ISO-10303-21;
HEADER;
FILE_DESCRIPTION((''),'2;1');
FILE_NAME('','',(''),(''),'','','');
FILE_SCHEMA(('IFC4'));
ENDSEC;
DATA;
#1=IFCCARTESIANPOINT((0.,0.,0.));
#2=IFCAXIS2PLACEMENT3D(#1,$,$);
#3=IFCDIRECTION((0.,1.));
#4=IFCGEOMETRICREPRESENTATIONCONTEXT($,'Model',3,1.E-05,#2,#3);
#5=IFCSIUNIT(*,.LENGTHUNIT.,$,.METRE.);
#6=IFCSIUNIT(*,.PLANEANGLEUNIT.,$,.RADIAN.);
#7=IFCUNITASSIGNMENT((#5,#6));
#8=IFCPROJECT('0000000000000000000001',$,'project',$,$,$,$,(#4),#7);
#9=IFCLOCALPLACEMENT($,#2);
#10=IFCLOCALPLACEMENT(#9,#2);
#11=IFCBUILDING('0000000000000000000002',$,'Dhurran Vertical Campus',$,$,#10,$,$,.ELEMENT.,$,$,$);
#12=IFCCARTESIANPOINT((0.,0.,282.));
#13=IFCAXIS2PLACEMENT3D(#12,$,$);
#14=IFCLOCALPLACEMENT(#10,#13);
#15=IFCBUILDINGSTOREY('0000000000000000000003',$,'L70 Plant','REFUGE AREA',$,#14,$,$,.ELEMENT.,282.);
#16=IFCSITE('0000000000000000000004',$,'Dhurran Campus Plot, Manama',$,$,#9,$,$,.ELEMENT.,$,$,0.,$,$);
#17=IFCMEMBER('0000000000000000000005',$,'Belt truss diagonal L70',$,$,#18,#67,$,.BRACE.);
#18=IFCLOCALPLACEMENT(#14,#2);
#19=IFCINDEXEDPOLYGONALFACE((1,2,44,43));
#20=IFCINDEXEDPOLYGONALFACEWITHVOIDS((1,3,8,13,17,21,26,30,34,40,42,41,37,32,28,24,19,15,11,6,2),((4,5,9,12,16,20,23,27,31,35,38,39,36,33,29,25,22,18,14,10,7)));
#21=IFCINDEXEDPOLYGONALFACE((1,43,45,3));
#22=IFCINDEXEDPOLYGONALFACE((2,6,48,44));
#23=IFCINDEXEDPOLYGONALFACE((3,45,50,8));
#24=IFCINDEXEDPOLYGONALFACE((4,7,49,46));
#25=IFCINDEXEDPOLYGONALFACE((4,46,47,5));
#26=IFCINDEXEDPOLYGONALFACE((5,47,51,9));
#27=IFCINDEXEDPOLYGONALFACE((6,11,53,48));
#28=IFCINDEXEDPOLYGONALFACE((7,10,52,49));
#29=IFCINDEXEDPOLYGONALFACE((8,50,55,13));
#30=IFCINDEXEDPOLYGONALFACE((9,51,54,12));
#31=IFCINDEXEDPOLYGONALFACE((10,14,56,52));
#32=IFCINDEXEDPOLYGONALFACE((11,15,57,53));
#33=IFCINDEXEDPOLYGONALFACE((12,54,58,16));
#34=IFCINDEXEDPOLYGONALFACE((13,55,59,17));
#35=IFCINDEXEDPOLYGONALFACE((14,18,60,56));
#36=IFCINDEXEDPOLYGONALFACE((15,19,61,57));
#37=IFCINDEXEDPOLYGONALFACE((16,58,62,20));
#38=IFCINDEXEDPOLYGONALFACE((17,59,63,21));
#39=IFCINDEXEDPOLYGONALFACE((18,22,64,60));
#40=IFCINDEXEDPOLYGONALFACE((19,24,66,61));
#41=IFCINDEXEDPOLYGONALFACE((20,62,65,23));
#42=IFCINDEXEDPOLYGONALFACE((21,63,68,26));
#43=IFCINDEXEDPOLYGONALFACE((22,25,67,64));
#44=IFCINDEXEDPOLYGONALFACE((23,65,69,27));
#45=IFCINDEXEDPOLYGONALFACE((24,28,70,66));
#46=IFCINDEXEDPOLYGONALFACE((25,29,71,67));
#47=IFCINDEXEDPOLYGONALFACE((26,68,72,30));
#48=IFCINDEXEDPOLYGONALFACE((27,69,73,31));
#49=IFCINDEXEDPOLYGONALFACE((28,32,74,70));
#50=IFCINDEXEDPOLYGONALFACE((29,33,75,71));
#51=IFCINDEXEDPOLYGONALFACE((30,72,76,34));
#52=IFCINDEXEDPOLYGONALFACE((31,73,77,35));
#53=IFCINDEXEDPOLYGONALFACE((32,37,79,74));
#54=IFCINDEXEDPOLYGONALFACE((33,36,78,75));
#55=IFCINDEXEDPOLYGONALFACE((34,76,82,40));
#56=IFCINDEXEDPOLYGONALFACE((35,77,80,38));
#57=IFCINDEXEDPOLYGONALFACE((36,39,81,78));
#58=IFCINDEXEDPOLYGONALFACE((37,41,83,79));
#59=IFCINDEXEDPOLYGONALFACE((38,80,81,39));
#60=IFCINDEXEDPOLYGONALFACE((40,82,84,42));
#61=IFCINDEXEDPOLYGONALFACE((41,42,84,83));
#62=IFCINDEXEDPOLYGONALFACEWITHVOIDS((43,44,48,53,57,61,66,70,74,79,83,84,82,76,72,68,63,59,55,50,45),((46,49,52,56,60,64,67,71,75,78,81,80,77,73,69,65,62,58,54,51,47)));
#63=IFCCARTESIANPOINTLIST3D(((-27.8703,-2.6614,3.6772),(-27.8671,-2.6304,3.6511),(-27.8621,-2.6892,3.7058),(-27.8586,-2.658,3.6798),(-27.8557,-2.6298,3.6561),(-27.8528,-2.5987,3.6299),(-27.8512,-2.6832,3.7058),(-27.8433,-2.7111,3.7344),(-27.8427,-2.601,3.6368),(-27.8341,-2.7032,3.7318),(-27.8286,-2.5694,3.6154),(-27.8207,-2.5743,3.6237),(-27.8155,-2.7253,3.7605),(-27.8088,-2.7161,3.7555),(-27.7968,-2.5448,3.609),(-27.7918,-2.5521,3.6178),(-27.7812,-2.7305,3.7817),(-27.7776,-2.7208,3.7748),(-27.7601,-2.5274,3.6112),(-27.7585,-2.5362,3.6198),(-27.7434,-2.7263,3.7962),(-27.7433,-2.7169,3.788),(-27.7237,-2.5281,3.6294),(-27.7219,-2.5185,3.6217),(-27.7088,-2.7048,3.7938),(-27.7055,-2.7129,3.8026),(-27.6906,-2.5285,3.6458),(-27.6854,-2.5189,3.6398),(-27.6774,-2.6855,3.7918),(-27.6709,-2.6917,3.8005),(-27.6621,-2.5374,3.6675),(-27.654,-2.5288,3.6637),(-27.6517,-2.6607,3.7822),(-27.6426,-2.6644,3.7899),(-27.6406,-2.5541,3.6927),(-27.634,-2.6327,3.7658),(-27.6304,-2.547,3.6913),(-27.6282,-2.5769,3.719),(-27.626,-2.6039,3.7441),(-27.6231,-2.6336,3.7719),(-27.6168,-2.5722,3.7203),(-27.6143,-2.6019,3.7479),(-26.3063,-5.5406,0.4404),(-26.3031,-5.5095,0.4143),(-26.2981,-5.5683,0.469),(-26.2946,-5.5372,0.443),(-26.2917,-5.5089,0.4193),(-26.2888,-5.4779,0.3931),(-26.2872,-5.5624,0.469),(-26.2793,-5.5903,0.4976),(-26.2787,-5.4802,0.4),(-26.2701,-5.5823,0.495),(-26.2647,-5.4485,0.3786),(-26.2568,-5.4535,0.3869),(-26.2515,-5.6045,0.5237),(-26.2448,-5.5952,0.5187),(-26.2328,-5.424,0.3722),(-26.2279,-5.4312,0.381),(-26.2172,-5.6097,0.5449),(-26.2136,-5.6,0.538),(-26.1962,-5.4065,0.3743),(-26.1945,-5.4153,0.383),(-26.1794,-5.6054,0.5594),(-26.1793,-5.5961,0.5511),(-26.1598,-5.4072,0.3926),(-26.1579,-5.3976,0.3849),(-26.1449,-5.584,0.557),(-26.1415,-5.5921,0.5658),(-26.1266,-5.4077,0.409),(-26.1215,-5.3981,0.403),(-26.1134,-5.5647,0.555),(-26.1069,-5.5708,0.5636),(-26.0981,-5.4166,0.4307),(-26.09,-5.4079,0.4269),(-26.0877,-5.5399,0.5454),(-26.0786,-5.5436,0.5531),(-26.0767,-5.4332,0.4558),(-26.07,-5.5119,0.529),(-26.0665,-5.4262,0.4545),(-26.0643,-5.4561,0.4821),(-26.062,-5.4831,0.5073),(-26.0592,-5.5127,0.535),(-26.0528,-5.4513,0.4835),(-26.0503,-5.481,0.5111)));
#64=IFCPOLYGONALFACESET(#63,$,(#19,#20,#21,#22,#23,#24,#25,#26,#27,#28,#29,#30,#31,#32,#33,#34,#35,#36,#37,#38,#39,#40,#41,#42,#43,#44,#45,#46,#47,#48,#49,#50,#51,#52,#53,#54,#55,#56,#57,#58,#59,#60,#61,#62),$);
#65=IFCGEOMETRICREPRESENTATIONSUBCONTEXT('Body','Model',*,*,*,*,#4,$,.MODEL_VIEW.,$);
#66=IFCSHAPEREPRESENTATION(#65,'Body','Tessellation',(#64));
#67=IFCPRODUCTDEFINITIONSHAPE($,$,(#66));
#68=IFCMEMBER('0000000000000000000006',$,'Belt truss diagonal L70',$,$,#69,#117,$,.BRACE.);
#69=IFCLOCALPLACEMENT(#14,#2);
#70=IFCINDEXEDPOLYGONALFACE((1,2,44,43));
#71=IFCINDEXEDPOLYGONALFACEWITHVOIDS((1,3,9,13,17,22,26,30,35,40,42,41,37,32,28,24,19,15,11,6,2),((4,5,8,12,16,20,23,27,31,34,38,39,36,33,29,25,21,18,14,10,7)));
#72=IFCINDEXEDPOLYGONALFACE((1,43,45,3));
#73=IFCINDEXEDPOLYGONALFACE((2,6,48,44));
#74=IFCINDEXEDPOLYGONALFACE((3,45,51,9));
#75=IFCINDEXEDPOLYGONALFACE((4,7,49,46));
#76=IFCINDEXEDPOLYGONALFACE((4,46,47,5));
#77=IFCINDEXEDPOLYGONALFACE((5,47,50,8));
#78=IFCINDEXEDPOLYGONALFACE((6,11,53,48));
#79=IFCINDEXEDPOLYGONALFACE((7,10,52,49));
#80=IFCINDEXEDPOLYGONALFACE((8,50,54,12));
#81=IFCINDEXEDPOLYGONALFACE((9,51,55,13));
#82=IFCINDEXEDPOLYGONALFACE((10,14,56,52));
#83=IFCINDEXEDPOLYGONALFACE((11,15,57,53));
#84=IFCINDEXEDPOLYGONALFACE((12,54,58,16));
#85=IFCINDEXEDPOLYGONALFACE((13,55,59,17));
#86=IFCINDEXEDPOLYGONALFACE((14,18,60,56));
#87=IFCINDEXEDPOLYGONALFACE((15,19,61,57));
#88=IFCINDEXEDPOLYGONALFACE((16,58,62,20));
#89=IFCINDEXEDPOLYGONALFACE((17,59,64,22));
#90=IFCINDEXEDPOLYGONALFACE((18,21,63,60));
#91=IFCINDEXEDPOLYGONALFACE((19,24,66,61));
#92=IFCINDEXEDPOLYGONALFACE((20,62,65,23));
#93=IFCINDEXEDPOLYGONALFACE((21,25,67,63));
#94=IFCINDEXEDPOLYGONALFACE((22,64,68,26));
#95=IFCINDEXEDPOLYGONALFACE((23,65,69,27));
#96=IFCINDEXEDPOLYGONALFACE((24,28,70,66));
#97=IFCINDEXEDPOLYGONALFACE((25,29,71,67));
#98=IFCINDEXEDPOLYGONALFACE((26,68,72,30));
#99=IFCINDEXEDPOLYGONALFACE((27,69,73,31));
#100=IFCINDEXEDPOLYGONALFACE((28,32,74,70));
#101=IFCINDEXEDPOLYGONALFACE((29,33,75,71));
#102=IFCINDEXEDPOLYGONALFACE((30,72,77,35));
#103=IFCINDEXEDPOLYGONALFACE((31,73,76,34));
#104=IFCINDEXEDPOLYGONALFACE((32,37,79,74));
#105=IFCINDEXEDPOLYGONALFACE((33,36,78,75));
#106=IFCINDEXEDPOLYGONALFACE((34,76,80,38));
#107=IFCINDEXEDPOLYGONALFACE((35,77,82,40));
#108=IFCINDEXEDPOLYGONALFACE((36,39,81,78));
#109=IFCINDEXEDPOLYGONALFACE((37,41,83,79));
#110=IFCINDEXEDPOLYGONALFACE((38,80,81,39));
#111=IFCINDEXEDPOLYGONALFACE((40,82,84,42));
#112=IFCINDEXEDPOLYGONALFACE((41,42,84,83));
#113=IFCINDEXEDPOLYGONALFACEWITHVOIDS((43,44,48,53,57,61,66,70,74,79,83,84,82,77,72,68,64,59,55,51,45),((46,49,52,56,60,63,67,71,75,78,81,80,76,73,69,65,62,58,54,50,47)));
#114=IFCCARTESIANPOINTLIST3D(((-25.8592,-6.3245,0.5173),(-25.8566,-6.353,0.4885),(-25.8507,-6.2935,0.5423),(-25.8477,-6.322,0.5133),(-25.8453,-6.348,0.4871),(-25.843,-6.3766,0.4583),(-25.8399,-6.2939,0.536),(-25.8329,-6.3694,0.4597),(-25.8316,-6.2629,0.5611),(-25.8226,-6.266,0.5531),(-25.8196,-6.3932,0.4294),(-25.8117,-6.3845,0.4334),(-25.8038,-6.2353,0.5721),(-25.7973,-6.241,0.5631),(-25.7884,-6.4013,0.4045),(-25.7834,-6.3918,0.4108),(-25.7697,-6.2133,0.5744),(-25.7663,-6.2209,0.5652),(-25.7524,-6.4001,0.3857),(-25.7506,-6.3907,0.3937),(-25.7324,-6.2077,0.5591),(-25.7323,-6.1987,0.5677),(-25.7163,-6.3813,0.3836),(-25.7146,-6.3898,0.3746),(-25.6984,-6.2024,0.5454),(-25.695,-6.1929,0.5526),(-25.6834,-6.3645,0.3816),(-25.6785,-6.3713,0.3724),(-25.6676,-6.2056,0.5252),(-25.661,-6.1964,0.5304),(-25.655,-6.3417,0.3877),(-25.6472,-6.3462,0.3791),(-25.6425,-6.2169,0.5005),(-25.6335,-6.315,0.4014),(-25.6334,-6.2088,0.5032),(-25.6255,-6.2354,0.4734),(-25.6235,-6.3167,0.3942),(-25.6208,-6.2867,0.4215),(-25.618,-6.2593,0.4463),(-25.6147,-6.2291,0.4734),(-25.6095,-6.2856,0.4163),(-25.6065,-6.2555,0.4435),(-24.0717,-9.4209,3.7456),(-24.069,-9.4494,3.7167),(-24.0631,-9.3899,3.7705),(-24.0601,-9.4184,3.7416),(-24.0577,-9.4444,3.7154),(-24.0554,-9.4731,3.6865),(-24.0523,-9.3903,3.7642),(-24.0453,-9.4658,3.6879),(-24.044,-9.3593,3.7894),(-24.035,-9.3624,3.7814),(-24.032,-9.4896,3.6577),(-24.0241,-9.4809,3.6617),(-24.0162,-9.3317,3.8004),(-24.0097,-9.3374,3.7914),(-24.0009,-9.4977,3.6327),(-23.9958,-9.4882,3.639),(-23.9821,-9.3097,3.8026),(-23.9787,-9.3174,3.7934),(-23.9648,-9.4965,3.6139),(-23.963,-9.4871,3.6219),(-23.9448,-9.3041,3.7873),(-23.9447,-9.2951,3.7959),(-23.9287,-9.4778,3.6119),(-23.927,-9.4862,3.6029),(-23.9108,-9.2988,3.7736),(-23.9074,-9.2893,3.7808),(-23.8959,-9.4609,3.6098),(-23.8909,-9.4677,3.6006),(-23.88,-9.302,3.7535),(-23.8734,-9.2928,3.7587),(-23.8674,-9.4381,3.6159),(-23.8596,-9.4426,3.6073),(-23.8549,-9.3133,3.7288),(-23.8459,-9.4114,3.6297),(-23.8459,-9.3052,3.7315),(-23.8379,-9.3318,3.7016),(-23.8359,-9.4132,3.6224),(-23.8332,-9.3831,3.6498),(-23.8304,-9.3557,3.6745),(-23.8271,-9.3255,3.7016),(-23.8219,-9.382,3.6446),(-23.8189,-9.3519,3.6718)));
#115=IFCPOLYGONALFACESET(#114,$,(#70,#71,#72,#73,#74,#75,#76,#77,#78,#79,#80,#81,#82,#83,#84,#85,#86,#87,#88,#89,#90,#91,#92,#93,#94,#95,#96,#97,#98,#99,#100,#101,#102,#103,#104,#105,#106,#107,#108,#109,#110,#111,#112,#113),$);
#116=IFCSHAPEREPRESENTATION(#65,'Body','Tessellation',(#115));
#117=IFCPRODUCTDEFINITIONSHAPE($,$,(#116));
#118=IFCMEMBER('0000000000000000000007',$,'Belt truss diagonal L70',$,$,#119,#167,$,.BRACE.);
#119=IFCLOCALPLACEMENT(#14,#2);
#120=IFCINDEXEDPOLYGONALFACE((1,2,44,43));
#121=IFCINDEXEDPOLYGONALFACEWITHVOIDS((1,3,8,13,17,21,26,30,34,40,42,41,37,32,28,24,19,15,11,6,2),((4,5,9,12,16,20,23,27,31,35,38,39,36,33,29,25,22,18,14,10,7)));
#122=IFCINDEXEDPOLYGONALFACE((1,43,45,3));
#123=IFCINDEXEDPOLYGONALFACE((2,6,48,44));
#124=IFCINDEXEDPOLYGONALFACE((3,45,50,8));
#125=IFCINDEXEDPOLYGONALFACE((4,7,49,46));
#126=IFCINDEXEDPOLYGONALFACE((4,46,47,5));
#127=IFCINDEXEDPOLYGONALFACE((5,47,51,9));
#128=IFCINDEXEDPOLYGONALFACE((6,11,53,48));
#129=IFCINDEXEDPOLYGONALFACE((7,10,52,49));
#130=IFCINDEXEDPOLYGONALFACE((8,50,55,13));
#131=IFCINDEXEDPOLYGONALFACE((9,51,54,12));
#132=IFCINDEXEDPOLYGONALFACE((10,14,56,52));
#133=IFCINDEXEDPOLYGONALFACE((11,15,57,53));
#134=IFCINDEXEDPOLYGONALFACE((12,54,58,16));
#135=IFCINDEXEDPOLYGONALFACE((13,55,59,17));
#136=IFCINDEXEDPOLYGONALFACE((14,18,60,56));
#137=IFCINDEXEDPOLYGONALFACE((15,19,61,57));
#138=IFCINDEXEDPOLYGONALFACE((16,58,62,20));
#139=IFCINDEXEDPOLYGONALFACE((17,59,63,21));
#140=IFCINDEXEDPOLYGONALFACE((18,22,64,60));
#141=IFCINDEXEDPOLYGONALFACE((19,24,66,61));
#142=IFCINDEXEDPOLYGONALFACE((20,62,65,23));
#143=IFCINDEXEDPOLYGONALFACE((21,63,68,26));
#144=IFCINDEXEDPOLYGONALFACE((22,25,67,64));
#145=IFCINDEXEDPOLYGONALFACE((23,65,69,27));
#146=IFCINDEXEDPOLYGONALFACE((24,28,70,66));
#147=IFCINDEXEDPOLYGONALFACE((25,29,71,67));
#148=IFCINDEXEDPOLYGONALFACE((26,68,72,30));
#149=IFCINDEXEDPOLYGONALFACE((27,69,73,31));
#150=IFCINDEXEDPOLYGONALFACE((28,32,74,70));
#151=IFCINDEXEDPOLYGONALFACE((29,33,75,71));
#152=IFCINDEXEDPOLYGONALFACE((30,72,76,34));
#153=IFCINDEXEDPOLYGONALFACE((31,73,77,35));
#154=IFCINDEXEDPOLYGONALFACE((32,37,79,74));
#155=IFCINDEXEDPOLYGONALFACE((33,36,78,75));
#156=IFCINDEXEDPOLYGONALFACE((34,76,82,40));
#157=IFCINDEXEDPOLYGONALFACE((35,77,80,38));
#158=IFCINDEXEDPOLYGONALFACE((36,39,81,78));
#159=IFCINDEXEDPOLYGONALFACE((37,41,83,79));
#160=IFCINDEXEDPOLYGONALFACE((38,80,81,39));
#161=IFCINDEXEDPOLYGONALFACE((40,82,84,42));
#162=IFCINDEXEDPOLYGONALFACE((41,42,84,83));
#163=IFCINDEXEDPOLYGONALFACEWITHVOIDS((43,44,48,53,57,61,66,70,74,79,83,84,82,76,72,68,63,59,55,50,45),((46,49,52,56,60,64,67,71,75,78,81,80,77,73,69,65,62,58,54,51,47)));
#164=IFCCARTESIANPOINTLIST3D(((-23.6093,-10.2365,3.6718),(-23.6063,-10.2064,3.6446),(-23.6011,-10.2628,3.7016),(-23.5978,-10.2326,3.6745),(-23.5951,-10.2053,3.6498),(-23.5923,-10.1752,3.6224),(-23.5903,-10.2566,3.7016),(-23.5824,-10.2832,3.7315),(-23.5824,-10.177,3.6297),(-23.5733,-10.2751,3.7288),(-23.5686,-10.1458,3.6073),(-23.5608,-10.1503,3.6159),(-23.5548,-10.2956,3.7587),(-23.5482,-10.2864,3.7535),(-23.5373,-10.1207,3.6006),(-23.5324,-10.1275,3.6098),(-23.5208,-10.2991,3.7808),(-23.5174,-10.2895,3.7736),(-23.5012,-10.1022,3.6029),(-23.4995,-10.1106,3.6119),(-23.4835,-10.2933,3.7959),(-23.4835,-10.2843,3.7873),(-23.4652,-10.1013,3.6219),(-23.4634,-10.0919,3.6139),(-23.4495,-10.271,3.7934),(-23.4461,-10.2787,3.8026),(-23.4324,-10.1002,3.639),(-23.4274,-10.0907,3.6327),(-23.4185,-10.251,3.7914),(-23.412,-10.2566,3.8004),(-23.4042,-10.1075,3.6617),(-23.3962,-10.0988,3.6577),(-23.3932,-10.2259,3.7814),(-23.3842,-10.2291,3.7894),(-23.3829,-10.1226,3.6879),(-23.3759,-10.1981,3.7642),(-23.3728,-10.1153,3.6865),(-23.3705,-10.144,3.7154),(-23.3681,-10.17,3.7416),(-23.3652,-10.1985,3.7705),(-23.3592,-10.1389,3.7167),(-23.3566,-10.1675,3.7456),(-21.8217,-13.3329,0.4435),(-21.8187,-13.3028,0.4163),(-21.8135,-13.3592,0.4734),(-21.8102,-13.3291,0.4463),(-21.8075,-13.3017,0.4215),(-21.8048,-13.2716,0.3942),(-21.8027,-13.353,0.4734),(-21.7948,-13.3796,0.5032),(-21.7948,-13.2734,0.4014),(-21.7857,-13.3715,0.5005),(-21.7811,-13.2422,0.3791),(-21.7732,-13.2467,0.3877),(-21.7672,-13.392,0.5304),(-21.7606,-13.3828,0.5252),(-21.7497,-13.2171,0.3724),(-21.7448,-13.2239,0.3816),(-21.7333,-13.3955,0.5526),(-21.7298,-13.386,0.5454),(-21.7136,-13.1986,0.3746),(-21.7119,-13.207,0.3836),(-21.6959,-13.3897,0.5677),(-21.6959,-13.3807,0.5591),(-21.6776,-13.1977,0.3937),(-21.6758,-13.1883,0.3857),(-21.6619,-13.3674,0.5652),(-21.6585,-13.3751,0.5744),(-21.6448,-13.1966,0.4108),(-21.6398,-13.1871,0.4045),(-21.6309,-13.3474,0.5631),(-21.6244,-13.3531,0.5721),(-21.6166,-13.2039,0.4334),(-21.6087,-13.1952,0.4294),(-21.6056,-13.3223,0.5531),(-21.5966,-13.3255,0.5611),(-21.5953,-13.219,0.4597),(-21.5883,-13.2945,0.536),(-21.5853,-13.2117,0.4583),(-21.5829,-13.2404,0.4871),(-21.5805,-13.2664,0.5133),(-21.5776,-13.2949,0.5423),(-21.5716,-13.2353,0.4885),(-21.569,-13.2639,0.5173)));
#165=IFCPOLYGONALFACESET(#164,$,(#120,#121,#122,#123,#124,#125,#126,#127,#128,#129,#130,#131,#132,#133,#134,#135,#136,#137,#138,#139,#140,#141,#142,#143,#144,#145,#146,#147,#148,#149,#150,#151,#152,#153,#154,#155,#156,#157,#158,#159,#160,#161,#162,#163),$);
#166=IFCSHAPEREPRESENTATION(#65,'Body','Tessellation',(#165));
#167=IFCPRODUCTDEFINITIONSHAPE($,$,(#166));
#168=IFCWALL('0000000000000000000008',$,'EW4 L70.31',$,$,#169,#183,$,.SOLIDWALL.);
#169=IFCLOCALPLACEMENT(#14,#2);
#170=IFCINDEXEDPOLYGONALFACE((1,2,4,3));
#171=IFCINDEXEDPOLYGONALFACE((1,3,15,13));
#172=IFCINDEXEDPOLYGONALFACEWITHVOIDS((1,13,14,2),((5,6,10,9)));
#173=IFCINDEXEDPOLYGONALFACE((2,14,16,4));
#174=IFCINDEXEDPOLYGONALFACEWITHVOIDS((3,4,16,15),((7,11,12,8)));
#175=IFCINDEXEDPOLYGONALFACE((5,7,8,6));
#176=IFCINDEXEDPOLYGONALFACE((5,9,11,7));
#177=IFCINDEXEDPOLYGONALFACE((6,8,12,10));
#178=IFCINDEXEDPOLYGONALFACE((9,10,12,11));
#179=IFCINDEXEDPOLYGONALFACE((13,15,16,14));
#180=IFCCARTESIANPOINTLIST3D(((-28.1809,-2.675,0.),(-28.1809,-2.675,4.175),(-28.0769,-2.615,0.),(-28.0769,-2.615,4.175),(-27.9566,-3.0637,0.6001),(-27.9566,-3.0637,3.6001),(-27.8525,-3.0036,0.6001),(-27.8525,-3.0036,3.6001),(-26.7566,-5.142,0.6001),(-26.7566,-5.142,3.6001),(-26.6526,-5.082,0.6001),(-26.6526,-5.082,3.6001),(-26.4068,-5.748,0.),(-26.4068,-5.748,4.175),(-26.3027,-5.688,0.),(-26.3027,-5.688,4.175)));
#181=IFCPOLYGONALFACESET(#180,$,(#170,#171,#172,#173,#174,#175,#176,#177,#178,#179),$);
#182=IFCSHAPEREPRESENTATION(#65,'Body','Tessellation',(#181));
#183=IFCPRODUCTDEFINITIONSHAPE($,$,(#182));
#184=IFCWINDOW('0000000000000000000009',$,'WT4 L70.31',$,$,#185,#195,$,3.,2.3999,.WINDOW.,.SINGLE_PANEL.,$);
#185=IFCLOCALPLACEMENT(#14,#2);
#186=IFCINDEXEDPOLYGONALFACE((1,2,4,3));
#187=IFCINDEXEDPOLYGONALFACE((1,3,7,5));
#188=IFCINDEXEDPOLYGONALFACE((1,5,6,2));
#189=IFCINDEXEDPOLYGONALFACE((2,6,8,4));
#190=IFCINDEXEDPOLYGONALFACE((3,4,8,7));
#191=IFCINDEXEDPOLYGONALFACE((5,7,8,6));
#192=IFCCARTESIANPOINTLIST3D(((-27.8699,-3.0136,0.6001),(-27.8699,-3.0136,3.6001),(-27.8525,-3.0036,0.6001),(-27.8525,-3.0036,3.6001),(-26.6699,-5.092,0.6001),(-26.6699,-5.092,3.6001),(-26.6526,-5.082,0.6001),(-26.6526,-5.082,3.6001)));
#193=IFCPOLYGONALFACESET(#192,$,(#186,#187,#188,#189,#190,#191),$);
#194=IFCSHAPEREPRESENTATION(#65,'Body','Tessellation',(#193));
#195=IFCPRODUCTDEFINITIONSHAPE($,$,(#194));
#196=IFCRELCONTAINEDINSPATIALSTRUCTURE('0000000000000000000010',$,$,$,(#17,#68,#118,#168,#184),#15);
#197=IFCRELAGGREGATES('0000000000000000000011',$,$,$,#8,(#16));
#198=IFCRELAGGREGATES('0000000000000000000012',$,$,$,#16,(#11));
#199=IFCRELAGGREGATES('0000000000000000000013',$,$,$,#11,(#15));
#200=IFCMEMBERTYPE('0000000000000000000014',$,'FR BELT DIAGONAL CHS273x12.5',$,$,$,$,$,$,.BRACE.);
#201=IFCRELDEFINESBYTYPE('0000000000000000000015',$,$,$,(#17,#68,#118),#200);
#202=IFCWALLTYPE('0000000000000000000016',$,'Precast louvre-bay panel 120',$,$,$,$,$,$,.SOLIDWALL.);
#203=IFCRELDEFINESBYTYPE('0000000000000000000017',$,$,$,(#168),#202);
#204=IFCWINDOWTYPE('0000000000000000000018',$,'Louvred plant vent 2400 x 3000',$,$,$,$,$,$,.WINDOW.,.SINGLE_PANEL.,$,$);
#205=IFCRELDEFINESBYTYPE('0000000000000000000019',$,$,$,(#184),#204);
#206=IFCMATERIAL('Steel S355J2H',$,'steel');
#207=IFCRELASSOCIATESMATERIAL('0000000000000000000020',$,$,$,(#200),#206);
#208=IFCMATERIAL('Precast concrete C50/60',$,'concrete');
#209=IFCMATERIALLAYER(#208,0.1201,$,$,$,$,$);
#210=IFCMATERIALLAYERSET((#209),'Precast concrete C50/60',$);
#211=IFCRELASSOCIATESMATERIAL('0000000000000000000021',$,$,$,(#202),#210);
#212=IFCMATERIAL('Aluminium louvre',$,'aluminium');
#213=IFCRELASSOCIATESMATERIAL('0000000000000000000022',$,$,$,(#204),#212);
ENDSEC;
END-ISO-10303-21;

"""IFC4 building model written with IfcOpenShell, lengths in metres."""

from ifc_helpers import new_model, si_unit, direction, frame, frame_2d, origin, origin_2d, place, context, subcontext, project, spatial, rectangle, hollow_circle, extrude, material, layer, layer_set, material_profile, profile_set, type_object, element, fill, save


model = new_model("IFC4")

# Units and contexts
model_context = context("Model", 3, precision=1e-05, world=origin(), true_north=direction((0.0, 1.0)))
body_context = subcontext(model_context, "Body", "Model", "MODEL_VIEW")
ifc_project = project(units=[si_unit("LENGTHUNIT", "METRE"), si_unit("PLANEANGLEUNIT", "RADIAN")], contexts=[model_context])

# Site, building, storey
site_placement = place(None, origin())
site = spatial("IfcSite", under=ifc_project, at=site_placement, Name="Dhurran Campus Plot, Manama", CompositionType="ELEMENT", RefElevation=0.0)
building_placement = place(site_placement, origin())
building = spatial("IfcBuilding", under=site, at=building_placement, Name="Dhurran Vertical Campus", CompositionType="ELEMENT")
storey_placement = place(building_placement, frame((0.0, 0.0, 282.0)))
storey = spatial("IfcBuildingStorey", under=building, at=storey_placement, Name="L70 Plant", Description="REFUGE AREA", CompositionType="ELEMENT", Elevation=282.0)

# Members
ifc_material_1 = material(Name="Steel S355J2H", Category="steel")
ifc_material_profile_1 = material_profile(ifc_material_1, hollow_circle(Radius=0.1365, WallThickness=0.0125, at=origin_2d()), Name="CHS273x12.5")
ifc_profile_set_1 = profile_set([ifc_material_profile_1], Name="Steel S355J2H")
member_type = type_object("IfcMemberType", Name="FR BELT DIAGONAL CHS273x12.5", PredefinedType="BRACE", material=ifc_profile_set_1)
member_placement = place(storey_placement, frame((-26.1782, -5.5032, 0.469), z_axis=(-0.339572, 0.625128, 0.702785), x_axis=(-0.878726, -0.477327, 0.0)))
element("IfcMember", 1, at=member_placement, inside=storey, type_object=member_type, Name="Belt truss diagonal L70", PredefinedType="BRACE", context=body_context, shape_type="SweptSolid", body=[
    extrude(hollow_circle(Radius=0.1365, WallThickness=0.0125, at=origin_2d()), origin(), (0.0, 0.0, 1.0), 4.6057),
])
for number, where, z_axis, x_axis, name in (
    (2, (-25.7329, -6.2974, 0.4734), (0.371089, -0.642791, 0.670159), (0.866041, 0.499973, 0.0), "Belt truss diagonal L70"),
    (3, (-21.6953, -13.291, 0.4734), (-0.371089, 0.642791, 0.670159), (-0.866041, -0.499973, 0.0), "Belt truss diagonal L70"),
):
    element("IfcMember", number, at=place(storey_placement, frame(where, z_axis=z_axis, x_axis=x_axis)), inside=storey, type_object=member_type, Name=name, PredefinedType="BRACE", context=body_context, shape_type="SweptSolid", body=[
        extrude(hollow_circle(Radius=0.1365, WallThickness=0.0125, at=origin_2d()), origin(), (0.0, 0.0, 1.0), 4.8171),
    ])

# Wall, opening, window
ifc_material_2 = material(Name="Precast concrete C50/60", Category="concrete")
ifc_layer_1 = layer(ifc_material_2, 0.1201)
ifc_layer_set_1 = layer_set([ifc_layer_1], Name="Precast concrete C50/60")
wall_type_1 = type_object("IfcWallType", Name="Precast louvre-bay panel 120", PredefinedType="SOLIDWALL", material=ifc_layer_set_1)
wall_1_placement = place(storey_placement, frame((-28.1289, -2.645, 0.0), z_axis=(0.0, 0.0, 1.0), x_axis=(0.499994, -0.866029, 0.0)))
wall_1 = element("IfcWall", 4, at=wall_1_placement, inside=storey, type_object=wall_type_1, Name="EW4 L70.31", PredefinedType="SOLIDWALL", context=body_context, shape_type="SweptSolid", body=[
    extrude(rectangle(XDim=3.5483, YDim=0.1201, at=frame_2d((1.7742, 0.0))), origin(), (0.0, 0.0, 1.0), 4.175),
])
opening_1_placement = place(wall_1_placement, frame((0.4487, 0.0, 0.6001)))
opening_1 = element("IfcOpeningElement", 5, at=opening_1_placement, cuts=wall_1, PredefinedType="OPENING", context=body_context, shape_type="SweptSolid", body=[
    extrude(rectangle(XDim=2.3999, YDim=3.0, at=frame_2d((1.2, 1.5))), frame((0.0, 0.0701, 0.0), z_axis=(0.0, -1.0, 0.0), x_axis=(1.0, 0.0, 0.0)), (0.0, 0.0, 1.0), 0.1401),
])
ifc_material_3 = material(Name="Aluminium louvre", Category="aluminium")
window_type = type_object("IfcWindowType", Name="Louvred plant vent 2400 x 3000", PartitioningType="SINGLE_PANEL", PredefinedType="WINDOW", material=ifc_material_3)
window_1_placement = place(opening_1_placement, origin())
window_1 = element("IfcWindow", 6, at=window_1_placement, inside=storey, type_object=window_type, Name="WT4 L70.31", OverallHeight=3.0, OverallWidth=2.3999, PartitioningType="SINGLE_PANEL", PredefinedType="WINDOW", context=body_context, shape_type="SweptSolid", body=[
    extrude(rectangle(XDim=2.3999, YDim=3.0, at=frame_2d((1.2, 1.5))), frame((0.0, 0.0601, 0.0), z_axis=(0.0, -1.0, 0.0), x_axis=(1.0, 0.0, 0.0)), (0.0, 0.0, 1.0), 0.02),
])
fill(opening_1, window_1)

save(model, "model.ifc")
